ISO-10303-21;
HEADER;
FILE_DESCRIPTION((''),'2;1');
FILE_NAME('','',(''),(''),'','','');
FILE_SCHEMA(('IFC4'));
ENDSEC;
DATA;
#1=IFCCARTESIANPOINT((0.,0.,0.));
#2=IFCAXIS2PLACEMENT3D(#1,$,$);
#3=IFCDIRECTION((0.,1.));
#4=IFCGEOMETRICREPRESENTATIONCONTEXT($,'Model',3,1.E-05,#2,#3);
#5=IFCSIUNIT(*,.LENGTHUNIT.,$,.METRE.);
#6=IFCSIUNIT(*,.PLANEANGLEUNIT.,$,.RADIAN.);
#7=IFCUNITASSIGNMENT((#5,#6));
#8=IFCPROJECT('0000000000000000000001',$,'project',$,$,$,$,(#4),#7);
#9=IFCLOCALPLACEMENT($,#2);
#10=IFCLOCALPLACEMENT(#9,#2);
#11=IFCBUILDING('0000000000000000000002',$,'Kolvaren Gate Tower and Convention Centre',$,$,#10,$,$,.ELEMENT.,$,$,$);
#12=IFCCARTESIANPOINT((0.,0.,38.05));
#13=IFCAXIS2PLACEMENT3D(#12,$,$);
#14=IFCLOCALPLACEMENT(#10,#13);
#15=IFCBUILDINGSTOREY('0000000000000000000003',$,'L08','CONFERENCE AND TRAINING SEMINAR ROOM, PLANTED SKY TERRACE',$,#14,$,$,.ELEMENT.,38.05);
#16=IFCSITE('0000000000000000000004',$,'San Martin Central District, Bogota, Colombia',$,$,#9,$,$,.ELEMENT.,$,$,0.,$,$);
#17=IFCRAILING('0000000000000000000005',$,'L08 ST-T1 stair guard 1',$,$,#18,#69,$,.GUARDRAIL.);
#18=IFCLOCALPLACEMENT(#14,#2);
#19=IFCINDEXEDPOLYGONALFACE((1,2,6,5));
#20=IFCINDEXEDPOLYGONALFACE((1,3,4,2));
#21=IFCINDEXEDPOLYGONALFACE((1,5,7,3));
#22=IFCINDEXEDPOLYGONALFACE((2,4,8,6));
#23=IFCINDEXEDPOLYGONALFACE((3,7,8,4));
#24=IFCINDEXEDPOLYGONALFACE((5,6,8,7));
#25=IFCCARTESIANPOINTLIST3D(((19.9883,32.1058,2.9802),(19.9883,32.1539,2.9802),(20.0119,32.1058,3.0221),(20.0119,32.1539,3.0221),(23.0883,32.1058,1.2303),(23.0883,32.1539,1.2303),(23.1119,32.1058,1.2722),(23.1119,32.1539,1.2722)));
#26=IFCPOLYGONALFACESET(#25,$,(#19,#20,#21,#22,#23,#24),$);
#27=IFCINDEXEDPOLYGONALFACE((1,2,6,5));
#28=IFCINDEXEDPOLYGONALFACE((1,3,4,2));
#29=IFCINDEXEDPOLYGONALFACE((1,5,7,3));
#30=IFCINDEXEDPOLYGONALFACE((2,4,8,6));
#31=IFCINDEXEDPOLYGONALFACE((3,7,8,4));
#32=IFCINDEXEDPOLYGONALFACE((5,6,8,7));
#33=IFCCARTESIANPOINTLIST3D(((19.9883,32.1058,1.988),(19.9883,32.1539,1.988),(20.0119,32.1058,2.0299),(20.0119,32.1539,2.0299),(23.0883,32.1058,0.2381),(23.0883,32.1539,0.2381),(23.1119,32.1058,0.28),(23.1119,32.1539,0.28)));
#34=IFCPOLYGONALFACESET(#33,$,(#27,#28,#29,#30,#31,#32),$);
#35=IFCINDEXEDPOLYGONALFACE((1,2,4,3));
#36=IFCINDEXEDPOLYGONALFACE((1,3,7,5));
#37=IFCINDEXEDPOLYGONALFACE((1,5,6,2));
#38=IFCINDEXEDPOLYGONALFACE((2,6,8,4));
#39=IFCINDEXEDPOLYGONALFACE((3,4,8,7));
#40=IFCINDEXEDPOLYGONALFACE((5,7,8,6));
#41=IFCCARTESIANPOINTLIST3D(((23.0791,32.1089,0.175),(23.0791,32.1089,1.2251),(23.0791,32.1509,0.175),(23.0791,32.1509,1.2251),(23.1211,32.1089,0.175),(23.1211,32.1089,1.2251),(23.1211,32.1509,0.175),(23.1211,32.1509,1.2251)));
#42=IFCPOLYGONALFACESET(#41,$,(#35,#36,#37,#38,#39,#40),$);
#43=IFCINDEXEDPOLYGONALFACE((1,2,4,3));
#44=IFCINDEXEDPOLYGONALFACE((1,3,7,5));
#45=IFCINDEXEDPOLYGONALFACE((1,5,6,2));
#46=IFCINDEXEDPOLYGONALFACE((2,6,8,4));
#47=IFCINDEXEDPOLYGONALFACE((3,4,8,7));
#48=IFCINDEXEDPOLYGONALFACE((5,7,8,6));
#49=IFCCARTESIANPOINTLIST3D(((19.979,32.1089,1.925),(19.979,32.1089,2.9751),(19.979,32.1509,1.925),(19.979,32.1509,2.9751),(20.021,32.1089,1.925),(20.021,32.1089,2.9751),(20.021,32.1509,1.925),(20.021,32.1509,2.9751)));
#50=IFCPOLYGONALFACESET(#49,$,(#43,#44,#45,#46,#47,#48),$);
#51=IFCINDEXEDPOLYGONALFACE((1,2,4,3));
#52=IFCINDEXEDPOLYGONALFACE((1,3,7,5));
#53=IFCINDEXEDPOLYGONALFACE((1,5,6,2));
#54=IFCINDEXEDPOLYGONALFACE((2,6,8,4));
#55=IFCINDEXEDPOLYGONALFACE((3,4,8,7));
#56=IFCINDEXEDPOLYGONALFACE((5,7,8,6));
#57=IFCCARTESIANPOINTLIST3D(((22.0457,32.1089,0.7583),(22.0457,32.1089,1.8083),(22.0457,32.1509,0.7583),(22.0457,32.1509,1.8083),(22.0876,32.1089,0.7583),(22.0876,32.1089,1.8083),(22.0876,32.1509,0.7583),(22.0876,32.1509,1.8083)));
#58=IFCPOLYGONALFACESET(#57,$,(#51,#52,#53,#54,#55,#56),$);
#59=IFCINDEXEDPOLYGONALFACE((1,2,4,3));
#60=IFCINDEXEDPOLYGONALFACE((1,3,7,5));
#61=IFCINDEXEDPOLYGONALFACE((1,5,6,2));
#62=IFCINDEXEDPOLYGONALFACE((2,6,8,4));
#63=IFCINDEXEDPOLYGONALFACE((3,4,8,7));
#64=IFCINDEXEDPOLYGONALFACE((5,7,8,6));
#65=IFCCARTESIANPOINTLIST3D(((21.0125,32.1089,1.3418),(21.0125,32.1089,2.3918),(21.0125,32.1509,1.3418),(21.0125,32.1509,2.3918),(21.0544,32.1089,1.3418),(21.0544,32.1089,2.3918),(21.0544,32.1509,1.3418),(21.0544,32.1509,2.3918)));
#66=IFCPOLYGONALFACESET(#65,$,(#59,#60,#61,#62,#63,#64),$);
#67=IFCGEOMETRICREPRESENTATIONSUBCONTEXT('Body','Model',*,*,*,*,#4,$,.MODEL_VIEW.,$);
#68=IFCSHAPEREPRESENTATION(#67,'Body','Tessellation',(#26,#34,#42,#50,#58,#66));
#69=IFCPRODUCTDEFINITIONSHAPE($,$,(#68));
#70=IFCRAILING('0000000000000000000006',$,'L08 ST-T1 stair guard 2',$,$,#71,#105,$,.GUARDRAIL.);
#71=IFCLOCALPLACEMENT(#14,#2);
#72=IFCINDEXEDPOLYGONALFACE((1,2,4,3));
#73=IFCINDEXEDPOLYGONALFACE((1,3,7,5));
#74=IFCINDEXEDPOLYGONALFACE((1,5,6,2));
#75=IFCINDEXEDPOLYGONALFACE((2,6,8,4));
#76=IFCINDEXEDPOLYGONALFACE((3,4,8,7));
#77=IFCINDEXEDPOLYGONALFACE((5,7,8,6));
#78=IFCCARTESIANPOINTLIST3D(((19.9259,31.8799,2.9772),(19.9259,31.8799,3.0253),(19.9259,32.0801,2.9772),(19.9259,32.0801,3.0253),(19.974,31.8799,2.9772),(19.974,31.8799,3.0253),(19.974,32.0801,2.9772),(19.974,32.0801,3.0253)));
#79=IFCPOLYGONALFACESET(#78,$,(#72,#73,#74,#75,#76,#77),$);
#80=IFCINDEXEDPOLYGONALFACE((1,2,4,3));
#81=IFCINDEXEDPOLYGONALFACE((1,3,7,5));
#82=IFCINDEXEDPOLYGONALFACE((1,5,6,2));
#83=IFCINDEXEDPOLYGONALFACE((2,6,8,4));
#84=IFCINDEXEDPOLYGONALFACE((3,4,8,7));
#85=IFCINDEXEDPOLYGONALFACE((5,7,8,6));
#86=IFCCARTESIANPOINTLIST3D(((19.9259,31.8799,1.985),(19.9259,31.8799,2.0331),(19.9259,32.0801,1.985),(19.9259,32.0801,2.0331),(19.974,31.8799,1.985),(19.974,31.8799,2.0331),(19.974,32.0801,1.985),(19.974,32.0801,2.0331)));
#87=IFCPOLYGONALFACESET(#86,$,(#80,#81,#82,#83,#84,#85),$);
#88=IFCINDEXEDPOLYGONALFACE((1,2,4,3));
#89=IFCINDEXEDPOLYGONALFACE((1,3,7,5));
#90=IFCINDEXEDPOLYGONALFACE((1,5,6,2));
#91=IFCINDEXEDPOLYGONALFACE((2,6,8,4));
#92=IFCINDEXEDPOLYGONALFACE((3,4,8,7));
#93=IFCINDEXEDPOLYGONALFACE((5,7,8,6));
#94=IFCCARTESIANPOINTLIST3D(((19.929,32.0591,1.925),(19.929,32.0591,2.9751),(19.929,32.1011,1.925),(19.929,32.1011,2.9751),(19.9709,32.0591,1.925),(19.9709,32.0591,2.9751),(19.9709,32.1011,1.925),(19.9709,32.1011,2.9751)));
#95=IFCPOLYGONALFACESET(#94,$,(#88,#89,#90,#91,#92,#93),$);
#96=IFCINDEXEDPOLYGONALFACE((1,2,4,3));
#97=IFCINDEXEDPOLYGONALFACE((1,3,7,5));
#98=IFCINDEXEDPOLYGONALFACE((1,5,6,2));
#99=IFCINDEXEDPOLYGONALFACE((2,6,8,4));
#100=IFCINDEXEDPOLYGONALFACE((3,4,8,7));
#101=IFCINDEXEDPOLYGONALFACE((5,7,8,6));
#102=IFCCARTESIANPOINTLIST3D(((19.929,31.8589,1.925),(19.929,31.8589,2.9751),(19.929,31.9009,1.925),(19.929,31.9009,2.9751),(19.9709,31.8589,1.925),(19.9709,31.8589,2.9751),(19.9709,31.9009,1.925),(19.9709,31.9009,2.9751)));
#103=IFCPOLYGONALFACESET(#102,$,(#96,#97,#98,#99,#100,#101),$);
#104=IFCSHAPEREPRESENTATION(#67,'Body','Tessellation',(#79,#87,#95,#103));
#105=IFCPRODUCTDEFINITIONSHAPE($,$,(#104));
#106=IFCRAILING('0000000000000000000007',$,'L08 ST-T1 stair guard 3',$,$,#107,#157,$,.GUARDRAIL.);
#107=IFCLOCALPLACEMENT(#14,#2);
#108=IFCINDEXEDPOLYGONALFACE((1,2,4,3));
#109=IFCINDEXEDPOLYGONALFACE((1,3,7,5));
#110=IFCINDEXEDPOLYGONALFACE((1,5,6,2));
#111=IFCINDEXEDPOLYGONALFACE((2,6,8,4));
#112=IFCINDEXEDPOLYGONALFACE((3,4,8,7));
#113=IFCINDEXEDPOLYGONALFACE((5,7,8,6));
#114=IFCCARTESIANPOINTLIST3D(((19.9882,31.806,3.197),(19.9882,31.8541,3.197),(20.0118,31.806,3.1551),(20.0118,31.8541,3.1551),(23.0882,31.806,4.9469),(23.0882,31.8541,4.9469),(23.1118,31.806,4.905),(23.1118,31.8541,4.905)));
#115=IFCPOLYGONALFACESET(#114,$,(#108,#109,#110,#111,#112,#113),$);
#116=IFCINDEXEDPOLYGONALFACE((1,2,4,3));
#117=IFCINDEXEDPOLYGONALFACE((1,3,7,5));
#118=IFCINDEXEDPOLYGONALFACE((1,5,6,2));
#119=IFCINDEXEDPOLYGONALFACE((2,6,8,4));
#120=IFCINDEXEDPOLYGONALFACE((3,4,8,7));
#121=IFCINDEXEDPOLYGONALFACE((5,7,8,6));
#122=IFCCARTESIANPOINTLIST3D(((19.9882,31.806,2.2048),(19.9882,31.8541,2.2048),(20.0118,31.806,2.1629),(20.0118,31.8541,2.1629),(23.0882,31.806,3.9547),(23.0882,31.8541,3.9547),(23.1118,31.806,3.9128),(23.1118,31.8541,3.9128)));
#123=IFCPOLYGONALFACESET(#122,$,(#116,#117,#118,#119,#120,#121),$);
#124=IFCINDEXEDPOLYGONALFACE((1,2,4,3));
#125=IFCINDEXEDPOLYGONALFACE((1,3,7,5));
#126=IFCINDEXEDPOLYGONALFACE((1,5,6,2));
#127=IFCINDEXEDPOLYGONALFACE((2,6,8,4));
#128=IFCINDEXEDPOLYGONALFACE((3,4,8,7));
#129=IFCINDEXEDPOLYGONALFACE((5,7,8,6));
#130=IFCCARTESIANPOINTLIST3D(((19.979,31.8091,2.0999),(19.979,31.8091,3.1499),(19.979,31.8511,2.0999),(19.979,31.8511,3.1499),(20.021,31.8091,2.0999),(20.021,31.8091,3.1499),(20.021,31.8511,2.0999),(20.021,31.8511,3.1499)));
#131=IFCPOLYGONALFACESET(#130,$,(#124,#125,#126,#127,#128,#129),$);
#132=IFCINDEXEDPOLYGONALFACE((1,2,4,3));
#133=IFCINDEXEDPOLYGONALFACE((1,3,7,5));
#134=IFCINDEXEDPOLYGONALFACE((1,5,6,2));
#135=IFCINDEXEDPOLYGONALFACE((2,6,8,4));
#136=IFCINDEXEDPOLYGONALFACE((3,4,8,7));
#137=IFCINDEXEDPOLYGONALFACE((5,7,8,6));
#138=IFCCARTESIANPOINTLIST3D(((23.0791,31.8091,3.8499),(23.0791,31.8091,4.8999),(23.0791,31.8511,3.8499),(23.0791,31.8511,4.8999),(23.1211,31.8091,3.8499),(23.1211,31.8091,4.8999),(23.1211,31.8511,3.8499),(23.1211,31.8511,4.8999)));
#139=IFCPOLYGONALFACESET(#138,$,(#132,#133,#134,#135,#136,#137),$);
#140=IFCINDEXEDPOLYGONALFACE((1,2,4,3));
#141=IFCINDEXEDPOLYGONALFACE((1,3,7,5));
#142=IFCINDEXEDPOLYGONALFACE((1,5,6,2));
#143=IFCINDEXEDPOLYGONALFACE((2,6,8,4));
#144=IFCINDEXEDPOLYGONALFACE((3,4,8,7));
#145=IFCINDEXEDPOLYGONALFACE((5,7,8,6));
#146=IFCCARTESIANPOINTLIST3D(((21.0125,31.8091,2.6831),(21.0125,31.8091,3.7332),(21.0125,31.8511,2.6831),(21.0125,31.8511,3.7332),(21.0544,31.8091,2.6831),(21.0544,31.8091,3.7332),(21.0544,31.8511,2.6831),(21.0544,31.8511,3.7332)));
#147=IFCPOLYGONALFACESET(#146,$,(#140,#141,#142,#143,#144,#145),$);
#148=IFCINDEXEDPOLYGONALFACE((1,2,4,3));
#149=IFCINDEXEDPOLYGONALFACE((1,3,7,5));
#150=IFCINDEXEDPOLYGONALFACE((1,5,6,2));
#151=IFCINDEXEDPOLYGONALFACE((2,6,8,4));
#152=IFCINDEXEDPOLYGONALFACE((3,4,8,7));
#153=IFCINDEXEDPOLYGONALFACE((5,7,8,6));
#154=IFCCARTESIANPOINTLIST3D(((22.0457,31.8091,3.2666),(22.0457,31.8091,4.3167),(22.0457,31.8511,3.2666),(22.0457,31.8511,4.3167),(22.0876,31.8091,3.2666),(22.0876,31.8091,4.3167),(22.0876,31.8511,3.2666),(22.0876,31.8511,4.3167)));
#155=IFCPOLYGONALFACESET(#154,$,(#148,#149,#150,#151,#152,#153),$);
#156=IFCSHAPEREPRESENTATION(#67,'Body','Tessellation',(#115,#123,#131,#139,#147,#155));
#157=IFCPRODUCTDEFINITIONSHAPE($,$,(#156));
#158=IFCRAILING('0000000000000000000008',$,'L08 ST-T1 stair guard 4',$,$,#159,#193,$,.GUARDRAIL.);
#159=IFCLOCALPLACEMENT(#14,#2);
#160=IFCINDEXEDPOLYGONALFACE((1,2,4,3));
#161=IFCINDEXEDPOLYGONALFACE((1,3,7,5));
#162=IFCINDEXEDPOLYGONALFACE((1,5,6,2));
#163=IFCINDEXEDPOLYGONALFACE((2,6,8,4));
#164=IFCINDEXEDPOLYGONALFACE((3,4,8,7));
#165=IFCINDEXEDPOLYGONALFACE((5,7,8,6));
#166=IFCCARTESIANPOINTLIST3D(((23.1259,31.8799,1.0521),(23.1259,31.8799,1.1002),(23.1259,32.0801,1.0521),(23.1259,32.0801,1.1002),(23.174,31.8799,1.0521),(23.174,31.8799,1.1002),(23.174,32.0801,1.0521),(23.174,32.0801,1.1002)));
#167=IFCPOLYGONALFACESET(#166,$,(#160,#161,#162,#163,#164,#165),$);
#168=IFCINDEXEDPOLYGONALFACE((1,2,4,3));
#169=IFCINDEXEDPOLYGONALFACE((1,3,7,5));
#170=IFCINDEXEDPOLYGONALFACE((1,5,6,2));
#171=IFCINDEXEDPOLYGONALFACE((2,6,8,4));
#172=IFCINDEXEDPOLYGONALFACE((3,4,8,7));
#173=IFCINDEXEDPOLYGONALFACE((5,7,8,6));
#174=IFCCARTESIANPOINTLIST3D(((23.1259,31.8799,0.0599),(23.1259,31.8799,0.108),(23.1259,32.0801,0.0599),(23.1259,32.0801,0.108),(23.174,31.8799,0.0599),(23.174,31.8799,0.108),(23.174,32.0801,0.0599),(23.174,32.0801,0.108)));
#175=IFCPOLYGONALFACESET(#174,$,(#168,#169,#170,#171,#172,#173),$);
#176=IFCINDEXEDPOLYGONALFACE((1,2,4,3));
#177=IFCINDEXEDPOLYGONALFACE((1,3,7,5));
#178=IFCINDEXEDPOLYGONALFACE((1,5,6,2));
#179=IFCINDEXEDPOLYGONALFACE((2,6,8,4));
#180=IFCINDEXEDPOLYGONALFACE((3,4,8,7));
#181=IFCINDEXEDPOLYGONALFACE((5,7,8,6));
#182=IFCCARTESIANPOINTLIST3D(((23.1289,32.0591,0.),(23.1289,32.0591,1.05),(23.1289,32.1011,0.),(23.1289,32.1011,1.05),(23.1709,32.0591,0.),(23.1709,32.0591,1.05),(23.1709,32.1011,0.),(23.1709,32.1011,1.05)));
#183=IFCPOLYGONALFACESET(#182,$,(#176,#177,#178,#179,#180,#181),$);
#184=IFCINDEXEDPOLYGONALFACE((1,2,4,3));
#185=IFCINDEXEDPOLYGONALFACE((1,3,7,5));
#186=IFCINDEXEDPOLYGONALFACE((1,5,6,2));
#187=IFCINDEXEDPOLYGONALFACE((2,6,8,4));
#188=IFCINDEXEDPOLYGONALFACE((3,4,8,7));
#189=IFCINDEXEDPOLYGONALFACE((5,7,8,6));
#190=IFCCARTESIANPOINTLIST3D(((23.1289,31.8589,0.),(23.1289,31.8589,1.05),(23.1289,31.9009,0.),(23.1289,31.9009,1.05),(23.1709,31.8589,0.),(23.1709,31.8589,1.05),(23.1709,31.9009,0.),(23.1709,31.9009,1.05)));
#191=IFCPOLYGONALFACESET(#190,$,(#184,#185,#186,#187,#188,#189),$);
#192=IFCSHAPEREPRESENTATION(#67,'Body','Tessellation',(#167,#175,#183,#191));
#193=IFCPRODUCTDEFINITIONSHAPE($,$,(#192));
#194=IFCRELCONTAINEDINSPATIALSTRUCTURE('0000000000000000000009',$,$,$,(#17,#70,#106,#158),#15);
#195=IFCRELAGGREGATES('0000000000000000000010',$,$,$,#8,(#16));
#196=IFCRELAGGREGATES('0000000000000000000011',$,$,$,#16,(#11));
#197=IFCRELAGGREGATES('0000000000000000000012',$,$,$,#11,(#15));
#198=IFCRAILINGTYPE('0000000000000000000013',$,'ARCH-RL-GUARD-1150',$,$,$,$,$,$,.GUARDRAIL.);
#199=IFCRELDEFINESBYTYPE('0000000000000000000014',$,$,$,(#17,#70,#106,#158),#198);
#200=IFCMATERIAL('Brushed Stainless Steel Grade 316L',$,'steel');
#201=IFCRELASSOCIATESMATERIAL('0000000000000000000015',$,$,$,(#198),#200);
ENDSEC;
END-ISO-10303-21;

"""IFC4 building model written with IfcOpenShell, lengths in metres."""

from ifc_helpers import new_model, si_unit, direction, frame, origin, origin_2d, place, context, subcontext, project, spatial, rectangle, extrude, material, type_object, element, save


model = new_model("IFC4")

# Units and contexts
model_context = context("Model", 3, precision=1e-05, world=origin(), true_north=direction((0.0, 1.0)))
body_context = subcontext(model_context, "Body", "Model", "MODEL_VIEW")
ifc_project = project(units=[si_unit("LENGTHUNIT", "METRE"), si_unit("PLANEANGLEUNIT", "RADIAN")], contexts=[model_context])

# Site, building, storey
site_placement = place(None, origin())
site = spatial("IfcSite", under=ifc_project, at=site_placement, Name="San Martin Central District, Bogota, Colombia", CompositionType="ELEMENT", RefElevation=0.0)
building_placement = place(site_placement, origin())
building = spatial("IfcBuilding", under=site, at=building_placement, Name="Kolvaren Gate Tower and Convention Centre", CompositionType="ELEMENT")
storey_placement = place(building_placement, frame((0.0, 0.0, 38.05)))
storey = spatial("IfcBuildingStorey", under=building, at=storey_placement, Name="L08", Description="CONFERENCE AND TRAINING SEMINAR ROOM, PLANTED SKY TERRACE", CompositionType="ELEMENT", Elevation=38.05)

# Railings
ifc_material_1 = material(Name="Brushed Stainless Steel Grade 316L", Category="steel")
railing_type_1 = type_object("IfcRailingType", Name="ARCH-RL-GUARD-1150", PredefinedType="GUARDRAIL", material=ifc_material_1)
railing_1_placement = place(storey_placement, frame((23.1001, 32.1299, 0.175)))
element("IfcRailing", 1, at=railing_1_placement, inside=storey, type_object=railing_type_1, Name="L08 ST-T1 stair guard 1", PredefinedType="GUARDRAIL", context=body_context, shape_type="SweptSolid", body=[
    extrude(rectangle(XDim=0.0481, YDim=0.0481, at=origin_2d()), frame((0.0, 0.0, 1.0762), z_axis=(-0.870831, 0.0, 0.491583), x_axis=(0.0, -1.0, 0.0)), (0.0, 0.0, 1.0), 3.5598),
    extrude(rectangle(XDim=0.0481, YDim=0.0481, at=origin_2d()), frame((0.0, 0.0, 0.084), z_axis=(-0.870831, 0.0, 0.491583), x_axis=(0.0, -1.0, 0.0)), (0.0, 0.0, 1.0), 3.5598),
    extrude(rectangle(XDim=0.042, YDim=0.042, at=origin_2d()), origin(), (0.0, 0.0, 1.0), 1.05),
    extrude(rectangle(XDim=0.042, YDim=0.042, at=origin_2d()), frame((-3.1001, 0.0, 1.75)), (0.0, 0.0, 1.0), 1.05),
    extrude(rectangle(XDim=0.042, YDim=0.042, at=origin_2d()), frame((-1.0334, 0.0, 0.5833)), (0.0, 0.0, 1.0), 1.05),
    extrude(rectangle(XDim=0.042, YDim=0.042, at=origin_2d()), frame((-2.0667, 0.0, 1.1667)), (0.0, 0.0, 1.0), 1.05),
])
railing_2_placement = place(storey_placement, frame((19.95, 32.0801, 1.925)))
element("IfcRailing", 2, at=railing_2_placement, inside=storey, type_object=railing_type_1, Name="L08 ST-T1 stair guard 2", PredefinedType="GUARDRAIL", context=body_context, shape_type="SweptSolid", body=[
    extrude(rectangle(XDim=0.0481, YDim=0.0481, at=origin_2d()), frame((0.0, 0.0, 1.0762), z_axis=(0.0, -1.0, 0.0), x_axis=(1.0, 0.0, 0.0)), (0.0, 0.0, 1.0), 0.2002),
    extrude(rectangle(XDim=0.0481, YDim=0.0481, at=origin_2d()), frame((0.0, 0.0, 0.084), z_axis=(0.0, -1.0, 0.0), x_axis=(1.0, 0.0, 0.0)), (0.0, 0.0, 1.0), 0.2002),
    extrude(rectangle(XDim=0.042, YDim=0.042, at=origin_2d()), origin(), (0.0, 0.0, 1.0), 1.05),
    extrude(rectangle(XDim=0.042, YDim=0.042, at=origin_2d()), frame((0.0, -0.2002, 0.0)), (0.0, 0.0, 1.0), 1.05),
])
railing_3_placement = place(storey_placement, frame((20.0, 31.8301, 2.0999)))
element("IfcRailing", 3, at=railing_3_placement, inside=storey, type_object=railing_type_1, Name="L08 ST-T1 stair guard 3", PredefinedType="GUARDRAIL", context=body_context, shape_type="SweptSolid", body=[
    extrude(rectangle(XDim=0.0481, YDim=0.0481, at=origin_2d()), frame((0.0, 0.0, 1.0762), z_axis=(0.870831, 0.0, 0.491583), x_axis=(0.0, 1.0, 0.0)), (0.0, 0.0, 1.0), 3.5598),
    extrude(rectangle(XDim=0.0481, YDim=0.0481, at=origin_2d()), frame((0.0, 0.0, 0.084), z_axis=(0.870831, 0.0, 0.491583), x_axis=(0.0, 1.0, 0.0)), (0.0, 0.0, 1.0), 3.5598),
    extrude(rectangle(XDim=0.042, YDim=0.042, at=origin_2d()), origin(), (0.0, 0.0, 1.0), 1.05),
    extrude(rectangle(XDim=0.042, YDim=0.042, at=origin_2d()), frame((3.1001, 0.0, 1.75)), (0.0, 0.0, 1.0), 1.05),
    extrude(rectangle(XDim=0.042, YDim=0.042, at=origin_2d()), frame((1.0334, 0.0, 0.5833)), (0.0, 0.0, 1.0), 1.05),
    extrude(rectangle(XDim=0.042, YDim=0.042, at=origin_2d()), frame((2.0667, 0.0, 1.1667)), (0.0, 0.0, 1.0), 1.05),
])
railing_4_placement = place(storey_placement, frame((23.1499, 32.0801, 0.0)))
element("IfcRailing", 4, at=railing_4_placement, inside=storey, type_object=railing_type_1, Name="L08 ST-T1 stair guard 4", PredefinedType="GUARDRAIL", context=body_context, shape_type="SweptSolid", body=[
    extrude(rectangle(XDim=0.0481, YDim=0.0481, at=origin_2d()), frame((0.0, 0.0, 1.0762), z_axis=(0.0, -1.0, 0.0), x_axis=(1.0, 0.0, 0.0)), (0.0, 0.0, 1.0), 0.2002),
    extrude(rectangle(XDim=0.0481, YDim=0.0481, at=origin_2d()), frame((0.0, 0.0, 0.084), z_axis=(0.0, -1.0, 0.0), x_axis=(1.0, 0.0, 0.0)), (0.0, 0.0, 1.0), 0.2002),
    extrude(rectangle(XDim=0.042, YDim=0.042, at=origin_2d()), origin(), (0.0, 0.0, 1.0), 1.05),
    extrude(rectangle(XDim=0.042, YDim=0.042, at=origin_2d()), frame((0.0, -0.2002, 0.0)), (0.0, 0.0, 1.0), 1.05),
])

save(model, "model.ifc")
